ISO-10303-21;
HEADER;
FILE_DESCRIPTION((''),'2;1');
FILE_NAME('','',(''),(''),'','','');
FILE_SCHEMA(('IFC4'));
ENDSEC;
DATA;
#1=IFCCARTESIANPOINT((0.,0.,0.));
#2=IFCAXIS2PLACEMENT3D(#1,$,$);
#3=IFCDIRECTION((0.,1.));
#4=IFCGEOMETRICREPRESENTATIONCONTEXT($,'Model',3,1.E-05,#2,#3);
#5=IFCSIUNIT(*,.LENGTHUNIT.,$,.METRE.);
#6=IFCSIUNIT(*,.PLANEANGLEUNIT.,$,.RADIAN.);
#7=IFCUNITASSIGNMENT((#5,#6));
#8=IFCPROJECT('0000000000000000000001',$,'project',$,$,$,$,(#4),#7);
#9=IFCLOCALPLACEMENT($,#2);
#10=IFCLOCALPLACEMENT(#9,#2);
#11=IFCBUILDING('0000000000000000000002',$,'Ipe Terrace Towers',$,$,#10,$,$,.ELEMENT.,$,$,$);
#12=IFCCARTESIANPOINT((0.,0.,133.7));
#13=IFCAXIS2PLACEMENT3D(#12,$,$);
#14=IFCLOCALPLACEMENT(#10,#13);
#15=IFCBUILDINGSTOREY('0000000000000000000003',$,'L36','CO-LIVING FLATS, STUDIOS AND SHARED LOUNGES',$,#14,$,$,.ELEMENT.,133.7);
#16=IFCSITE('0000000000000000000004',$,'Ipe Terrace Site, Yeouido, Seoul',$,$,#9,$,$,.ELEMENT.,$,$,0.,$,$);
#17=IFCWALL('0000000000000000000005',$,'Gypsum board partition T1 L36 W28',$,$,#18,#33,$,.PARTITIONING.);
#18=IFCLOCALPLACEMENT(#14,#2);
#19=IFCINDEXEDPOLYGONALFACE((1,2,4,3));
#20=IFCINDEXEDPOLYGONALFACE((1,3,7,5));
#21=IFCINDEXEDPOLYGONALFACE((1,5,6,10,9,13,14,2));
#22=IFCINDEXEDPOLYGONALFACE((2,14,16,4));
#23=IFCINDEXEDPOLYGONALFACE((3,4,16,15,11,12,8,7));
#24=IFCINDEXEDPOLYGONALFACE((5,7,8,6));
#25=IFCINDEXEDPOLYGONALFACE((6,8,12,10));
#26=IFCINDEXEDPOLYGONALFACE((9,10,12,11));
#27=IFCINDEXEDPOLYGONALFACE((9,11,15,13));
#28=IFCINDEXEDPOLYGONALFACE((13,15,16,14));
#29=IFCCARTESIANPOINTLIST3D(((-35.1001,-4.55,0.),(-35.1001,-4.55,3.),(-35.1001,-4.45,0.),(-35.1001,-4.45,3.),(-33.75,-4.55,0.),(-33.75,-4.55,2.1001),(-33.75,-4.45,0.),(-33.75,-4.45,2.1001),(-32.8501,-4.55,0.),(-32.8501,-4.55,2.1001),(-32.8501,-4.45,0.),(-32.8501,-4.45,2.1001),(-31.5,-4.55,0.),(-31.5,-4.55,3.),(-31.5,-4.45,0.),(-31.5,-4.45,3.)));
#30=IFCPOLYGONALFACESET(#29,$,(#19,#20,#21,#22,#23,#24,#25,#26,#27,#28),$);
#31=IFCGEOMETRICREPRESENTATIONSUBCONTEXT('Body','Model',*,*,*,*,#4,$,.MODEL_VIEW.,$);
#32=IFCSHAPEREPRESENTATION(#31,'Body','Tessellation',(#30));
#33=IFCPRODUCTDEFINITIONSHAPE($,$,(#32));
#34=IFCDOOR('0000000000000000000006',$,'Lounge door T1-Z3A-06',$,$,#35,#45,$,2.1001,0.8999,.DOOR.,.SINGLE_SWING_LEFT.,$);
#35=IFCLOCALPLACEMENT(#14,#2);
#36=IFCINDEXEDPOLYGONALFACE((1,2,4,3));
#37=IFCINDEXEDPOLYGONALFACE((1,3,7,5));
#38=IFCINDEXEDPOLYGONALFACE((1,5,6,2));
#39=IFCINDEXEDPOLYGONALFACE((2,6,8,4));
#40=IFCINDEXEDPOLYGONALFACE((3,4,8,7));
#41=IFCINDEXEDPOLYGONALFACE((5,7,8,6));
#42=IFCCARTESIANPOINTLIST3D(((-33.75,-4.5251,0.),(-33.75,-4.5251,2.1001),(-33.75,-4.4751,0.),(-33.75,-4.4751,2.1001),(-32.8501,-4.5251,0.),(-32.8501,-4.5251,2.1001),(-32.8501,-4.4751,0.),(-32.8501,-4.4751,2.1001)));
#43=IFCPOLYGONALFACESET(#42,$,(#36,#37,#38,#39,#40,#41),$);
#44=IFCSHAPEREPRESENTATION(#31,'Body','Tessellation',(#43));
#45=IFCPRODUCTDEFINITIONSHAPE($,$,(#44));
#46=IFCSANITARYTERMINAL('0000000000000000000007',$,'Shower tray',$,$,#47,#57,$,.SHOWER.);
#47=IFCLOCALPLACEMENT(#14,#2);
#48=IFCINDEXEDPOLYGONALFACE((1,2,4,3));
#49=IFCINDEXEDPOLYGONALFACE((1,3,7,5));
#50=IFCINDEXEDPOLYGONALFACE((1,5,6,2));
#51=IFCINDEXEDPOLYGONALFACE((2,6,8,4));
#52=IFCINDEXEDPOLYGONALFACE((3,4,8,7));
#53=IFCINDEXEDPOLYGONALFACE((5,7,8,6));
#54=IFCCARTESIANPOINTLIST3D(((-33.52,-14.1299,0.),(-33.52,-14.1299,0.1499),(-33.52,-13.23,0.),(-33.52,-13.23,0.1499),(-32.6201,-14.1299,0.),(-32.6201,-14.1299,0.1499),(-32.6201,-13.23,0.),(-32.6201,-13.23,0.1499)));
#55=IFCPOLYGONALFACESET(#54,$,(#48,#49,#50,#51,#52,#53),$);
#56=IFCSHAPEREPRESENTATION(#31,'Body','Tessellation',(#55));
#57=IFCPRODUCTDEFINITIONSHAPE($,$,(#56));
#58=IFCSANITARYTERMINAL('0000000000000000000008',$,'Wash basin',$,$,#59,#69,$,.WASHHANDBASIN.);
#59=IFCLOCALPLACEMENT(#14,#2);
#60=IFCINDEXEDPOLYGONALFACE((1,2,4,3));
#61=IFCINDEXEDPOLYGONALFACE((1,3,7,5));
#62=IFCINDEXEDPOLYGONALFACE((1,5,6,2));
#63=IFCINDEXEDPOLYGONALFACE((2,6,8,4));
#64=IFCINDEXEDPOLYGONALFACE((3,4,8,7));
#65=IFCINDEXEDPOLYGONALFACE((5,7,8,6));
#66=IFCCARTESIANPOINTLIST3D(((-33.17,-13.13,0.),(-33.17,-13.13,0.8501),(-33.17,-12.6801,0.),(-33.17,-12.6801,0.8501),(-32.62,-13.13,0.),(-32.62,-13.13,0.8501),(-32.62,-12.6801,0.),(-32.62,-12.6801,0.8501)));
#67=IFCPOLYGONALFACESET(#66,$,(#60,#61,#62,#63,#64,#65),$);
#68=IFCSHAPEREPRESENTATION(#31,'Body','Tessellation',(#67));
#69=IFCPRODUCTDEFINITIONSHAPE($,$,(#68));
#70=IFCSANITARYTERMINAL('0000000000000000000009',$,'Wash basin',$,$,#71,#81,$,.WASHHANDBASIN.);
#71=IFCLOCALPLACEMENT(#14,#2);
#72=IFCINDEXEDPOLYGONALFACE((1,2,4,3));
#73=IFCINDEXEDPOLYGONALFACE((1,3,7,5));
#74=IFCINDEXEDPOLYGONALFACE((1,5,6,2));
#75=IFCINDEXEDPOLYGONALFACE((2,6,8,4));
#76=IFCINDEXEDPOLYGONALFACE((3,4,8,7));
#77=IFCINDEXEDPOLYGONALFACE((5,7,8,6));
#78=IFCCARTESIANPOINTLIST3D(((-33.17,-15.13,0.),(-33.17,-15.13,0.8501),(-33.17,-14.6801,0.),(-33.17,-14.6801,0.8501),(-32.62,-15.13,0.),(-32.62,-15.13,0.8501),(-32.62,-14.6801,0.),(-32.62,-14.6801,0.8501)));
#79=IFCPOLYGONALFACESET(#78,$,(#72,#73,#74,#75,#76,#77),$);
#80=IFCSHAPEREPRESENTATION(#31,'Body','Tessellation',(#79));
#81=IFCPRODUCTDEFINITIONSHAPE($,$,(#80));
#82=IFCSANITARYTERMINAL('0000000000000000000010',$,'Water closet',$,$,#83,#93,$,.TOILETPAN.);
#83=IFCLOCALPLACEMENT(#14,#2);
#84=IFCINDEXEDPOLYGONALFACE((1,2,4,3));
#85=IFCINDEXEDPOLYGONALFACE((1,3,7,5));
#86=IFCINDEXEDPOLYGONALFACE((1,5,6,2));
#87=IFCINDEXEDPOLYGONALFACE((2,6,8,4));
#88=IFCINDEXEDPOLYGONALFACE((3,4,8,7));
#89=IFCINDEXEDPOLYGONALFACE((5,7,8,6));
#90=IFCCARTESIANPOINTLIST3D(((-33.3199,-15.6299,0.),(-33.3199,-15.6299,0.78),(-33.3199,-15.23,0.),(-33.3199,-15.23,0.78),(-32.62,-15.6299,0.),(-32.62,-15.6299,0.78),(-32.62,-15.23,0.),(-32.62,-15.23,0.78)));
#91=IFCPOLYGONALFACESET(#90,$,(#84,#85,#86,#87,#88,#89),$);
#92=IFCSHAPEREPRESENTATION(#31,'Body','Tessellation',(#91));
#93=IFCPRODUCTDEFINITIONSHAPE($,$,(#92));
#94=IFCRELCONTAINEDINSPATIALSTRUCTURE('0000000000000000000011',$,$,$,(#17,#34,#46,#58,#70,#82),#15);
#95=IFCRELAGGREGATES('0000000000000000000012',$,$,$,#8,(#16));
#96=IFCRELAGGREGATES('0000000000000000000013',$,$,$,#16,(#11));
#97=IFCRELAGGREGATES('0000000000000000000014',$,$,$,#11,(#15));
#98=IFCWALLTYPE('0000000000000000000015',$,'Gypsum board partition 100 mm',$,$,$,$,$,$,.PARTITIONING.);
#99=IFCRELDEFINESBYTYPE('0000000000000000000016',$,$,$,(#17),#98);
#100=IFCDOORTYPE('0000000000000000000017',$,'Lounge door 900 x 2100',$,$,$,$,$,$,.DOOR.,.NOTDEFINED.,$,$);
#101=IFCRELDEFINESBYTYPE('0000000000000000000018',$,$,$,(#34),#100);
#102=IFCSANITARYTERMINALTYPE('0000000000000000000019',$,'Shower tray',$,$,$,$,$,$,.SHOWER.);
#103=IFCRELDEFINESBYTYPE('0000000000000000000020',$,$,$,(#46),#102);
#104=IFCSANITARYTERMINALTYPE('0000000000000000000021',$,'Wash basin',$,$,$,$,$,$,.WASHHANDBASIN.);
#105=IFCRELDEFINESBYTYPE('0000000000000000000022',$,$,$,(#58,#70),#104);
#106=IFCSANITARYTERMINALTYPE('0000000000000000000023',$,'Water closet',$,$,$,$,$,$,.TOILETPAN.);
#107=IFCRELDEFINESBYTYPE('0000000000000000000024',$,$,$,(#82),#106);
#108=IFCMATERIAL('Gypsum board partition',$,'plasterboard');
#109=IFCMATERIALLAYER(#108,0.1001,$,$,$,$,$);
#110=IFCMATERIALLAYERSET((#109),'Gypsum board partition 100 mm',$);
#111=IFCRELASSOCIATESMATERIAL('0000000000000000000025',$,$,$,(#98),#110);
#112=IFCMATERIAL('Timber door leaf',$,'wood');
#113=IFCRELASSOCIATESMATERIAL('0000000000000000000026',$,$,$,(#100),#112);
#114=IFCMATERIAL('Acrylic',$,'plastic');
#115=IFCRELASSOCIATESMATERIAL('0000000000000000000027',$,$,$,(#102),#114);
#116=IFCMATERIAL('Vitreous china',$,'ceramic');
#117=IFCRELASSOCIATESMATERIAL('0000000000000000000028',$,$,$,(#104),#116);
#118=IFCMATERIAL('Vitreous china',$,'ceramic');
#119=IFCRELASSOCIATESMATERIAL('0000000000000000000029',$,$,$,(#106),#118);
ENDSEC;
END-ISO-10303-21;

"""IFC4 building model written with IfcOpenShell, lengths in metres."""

from ifc_helpers import new_model, si_unit, direction, frame, frame_2d, origin, origin_2d, place, context, subcontext, project, spatial, rectangle, extrude, material, layer, layer_set, type_object, element, fill, save


model = new_model("IFC4")

# Units and contexts
model_context = context("Model", 3, precision=1e-05, world=origin(), true_north=direction((0.0, 1.0)))
body_context = subcontext(model_context, "Body", "Model", "MODEL_VIEW")
ifc_project = project(units=[si_unit("LENGTHUNIT", "METRE"), si_unit("PLANEANGLEUNIT", "RADIAN")], contexts=[model_context])

# Site, building, storey
site_placement = place(None, origin())
site = spatial("IfcSite", under=ifc_project, at=site_placement, Name="Ipe Terrace Site, Yeouido, Seoul", CompositionType="ELEMENT", RefElevation=0.0)
building_placement = place(site_placement, origin())
building = spatial("IfcBuilding", under=site, at=building_placement, Name="Ipe Terrace Towers", CompositionType="ELEMENT")
storey_placement = place(building_placement, frame((0.0, 0.0, 133.7)))
storey = spatial("IfcBuildingStorey", under=building, at=storey_placement, Name="L36", Description="CO-LIVING FLATS, STUDIOS AND SHARED LOUNGES", CompositionType="ELEMENT", Elevation=133.7)

# Shared definitions
ifc_material_1 = material(Name="Gypsum board partition", Category="plasterboard")
ifc_layer = layer(ifc_material_1, 0.1001)
ifc_layer_set = layer_set([ifc_layer], Name="Gypsum board partition 100 mm")
wall_type = type_object("IfcWallType", Name="Gypsum board partition 100 mm", PredefinedType="PARTITIONING", material=ifc_layer_set)

# Shared definitions
ifc_material_2 = material(Name="Timber door leaf", Category="wood")
door_type_1 = type_object("IfcDoorType", Name="Lounge door 900 x 2100", OperationType="NOTDEFINED", PredefinedType="DOOR", material=ifc_material_2)

# Wall, opening, door
wall_1_placement = place(storey_placement, frame((-35.1001, -4.5, 0.0), z_axis=(0.0, 0.0, 1.0), x_axis=(1.0, 0.0, 0.0)))
wall_1 = element("IfcWall", 1, at=wall_1_placement, inside=storey, type_object=wall_type, Name="Gypsum board partition T1 L36 W28", PredefinedType="PARTITIONING", context=body_context, shape_type="SweptSolid", body=[
    extrude(rectangle(XDim=3.6001, YDim=0.1001, at=frame_2d((1.8, 0.0))), origin(), (0.0, 0.0, 1.0), 3.0),
])
opening_1_placement = place(wall_1_placement, frame((1.3501, 0.0, 0.0)))
opening_1 = element("IfcOpeningElement", 2, at=opening_1_placement, cuts=wall_1, PredefinedType="OPENING", context=body_context, shape_type="SweptSolid", body=[
    extrude(rectangle(XDim=0.8999, YDim=2.1001, at=frame_2d((0.45, 1.05))), frame((0.0, 0.0601, 0.0), z_axis=(0.0, -1.0, 0.0), x_axis=(1.0, 0.0, 0.0)), (0.0, 0.0, 1.0), 0.1201),
])
door_1_placement = place(opening_1_placement, origin())
door_1 = element("IfcDoor", 3, at=door_1_placement, inside=storey, type_object=door_type_1, Name="Lounge door T1-Z3A-06", OperationType="SINGLE_SWING_LEFT", OverallHeight=2.1001, OverallWidth=0.8999, PredefinedType="DOOR", context=body_context, shape_type="SweptSolid", body=[
    extrude(rectangle(XDim=0.8999, YDim=2.1001, at=frame_2d((0.45, 1.05))), frame((0.0, 0.0249, 0.0), z_axis=(0.0, -1.0, 0.0), x_axis=(1.0, 0.0, 0.0)), (0.0, 0.0, 1.0), 0.05),
])
fill(opening_1, door_1)

# Sanitary terminals
ifc_material_3 = material(Name="Acrylic", Category="plastic")
sanitary_terminal_type_1 = type_object("IfcSanitaryTerminalType", Name="Shower tray", PredefinedType="SHOWER", material=ifc_material_3)
sanitary_terminal_1_placement = place(storey_placement, frame((-33.0701, -13.6799, 0.0), z_axis=(0.0, 0.0, 1.0), x_axis=(-1.0, 0.0, 0.0)))
element("IfcSanitaryTerminal", 4, at=sanitary_terminal_1_placement, inside=storey, type_object=sanitary_terminal_type_1, Name="Shower tray", PredefinedType="SHOWER", context=body_context, shape_type="SweptSolid", body=[
    extrude(rectangle(XDim=0.8999, YDim=0.8999, at=origin_2d()), origin(), (0.0, 0.0, 1.0), 0.1499),
])
ifc_material_4 = material(Name="Vitreous china", Category="ceramic")
sanitary_terminal_type_2 = type_object("IfcSanitaryTerminalType", Name="Wash basin", PredefinedType="WASHHANDBASIN", material=ifc_material_4)
for number, where, z_axis, x_axis, name in (
    (5, (-32.895, -12.905, 0.0), (0.0, 0.0, 1.0), (-1.0, 0.0, 0.0), "Wash basin"),
    (6, (-32.895, -14.905, 0.0), (0.0, 0.0, 1.0), (-1.0, 0.0, 0.0), "Wash basin"),
):
    element("IfcSanitaryTerminal", number, at=place(storey_placement, frame(where, z_axis=z_axis, x_axis=x_axis)), inside=storey, type_object=sanitary_terminal_type_2, Name=name, PredefinedType="WASHHANDBASIN", context=body_context, shape_type="SweptSolid", body=[
        extrude(rectangle(XDim=0.55, YDim=0.45, at=origin_2d()), origin(), (0.0, 0.0, 1.0), 0.8501),
    ])
ifc_material_5 = material(Name="Vitreous china", Category="ceramic")
sanitary_terminal_type_3 = type_object("IfcSanitaryTerminalType", Name="Water closet", PredefinedType="TOILETPAN", material=ifc_material_5)
sanitary_terminal_2_placement = place(storey_placement, frame((-32.97, -15.4299, 0.0), z_axis=(0.0, 0.0, 1.0), x_axis=(-1.0, 0.0, 0.0)))
element("IfcSanitaryTerminal", 7, at=sanitary_terminal_2_placement, inside=storey, type_object=sanitary_terminal_type_3, Name="Water closet", PredefinedType="TOILETPAN", context=body_context, shape_type="SweptSolid", body=[
    extrude(rectangle(XDim=0.7, YDim=0.3999, at=origin_2d()), origin(), (0.0, 0.0, 1.0), 0.78),
])

save(model, "model.ifc")
